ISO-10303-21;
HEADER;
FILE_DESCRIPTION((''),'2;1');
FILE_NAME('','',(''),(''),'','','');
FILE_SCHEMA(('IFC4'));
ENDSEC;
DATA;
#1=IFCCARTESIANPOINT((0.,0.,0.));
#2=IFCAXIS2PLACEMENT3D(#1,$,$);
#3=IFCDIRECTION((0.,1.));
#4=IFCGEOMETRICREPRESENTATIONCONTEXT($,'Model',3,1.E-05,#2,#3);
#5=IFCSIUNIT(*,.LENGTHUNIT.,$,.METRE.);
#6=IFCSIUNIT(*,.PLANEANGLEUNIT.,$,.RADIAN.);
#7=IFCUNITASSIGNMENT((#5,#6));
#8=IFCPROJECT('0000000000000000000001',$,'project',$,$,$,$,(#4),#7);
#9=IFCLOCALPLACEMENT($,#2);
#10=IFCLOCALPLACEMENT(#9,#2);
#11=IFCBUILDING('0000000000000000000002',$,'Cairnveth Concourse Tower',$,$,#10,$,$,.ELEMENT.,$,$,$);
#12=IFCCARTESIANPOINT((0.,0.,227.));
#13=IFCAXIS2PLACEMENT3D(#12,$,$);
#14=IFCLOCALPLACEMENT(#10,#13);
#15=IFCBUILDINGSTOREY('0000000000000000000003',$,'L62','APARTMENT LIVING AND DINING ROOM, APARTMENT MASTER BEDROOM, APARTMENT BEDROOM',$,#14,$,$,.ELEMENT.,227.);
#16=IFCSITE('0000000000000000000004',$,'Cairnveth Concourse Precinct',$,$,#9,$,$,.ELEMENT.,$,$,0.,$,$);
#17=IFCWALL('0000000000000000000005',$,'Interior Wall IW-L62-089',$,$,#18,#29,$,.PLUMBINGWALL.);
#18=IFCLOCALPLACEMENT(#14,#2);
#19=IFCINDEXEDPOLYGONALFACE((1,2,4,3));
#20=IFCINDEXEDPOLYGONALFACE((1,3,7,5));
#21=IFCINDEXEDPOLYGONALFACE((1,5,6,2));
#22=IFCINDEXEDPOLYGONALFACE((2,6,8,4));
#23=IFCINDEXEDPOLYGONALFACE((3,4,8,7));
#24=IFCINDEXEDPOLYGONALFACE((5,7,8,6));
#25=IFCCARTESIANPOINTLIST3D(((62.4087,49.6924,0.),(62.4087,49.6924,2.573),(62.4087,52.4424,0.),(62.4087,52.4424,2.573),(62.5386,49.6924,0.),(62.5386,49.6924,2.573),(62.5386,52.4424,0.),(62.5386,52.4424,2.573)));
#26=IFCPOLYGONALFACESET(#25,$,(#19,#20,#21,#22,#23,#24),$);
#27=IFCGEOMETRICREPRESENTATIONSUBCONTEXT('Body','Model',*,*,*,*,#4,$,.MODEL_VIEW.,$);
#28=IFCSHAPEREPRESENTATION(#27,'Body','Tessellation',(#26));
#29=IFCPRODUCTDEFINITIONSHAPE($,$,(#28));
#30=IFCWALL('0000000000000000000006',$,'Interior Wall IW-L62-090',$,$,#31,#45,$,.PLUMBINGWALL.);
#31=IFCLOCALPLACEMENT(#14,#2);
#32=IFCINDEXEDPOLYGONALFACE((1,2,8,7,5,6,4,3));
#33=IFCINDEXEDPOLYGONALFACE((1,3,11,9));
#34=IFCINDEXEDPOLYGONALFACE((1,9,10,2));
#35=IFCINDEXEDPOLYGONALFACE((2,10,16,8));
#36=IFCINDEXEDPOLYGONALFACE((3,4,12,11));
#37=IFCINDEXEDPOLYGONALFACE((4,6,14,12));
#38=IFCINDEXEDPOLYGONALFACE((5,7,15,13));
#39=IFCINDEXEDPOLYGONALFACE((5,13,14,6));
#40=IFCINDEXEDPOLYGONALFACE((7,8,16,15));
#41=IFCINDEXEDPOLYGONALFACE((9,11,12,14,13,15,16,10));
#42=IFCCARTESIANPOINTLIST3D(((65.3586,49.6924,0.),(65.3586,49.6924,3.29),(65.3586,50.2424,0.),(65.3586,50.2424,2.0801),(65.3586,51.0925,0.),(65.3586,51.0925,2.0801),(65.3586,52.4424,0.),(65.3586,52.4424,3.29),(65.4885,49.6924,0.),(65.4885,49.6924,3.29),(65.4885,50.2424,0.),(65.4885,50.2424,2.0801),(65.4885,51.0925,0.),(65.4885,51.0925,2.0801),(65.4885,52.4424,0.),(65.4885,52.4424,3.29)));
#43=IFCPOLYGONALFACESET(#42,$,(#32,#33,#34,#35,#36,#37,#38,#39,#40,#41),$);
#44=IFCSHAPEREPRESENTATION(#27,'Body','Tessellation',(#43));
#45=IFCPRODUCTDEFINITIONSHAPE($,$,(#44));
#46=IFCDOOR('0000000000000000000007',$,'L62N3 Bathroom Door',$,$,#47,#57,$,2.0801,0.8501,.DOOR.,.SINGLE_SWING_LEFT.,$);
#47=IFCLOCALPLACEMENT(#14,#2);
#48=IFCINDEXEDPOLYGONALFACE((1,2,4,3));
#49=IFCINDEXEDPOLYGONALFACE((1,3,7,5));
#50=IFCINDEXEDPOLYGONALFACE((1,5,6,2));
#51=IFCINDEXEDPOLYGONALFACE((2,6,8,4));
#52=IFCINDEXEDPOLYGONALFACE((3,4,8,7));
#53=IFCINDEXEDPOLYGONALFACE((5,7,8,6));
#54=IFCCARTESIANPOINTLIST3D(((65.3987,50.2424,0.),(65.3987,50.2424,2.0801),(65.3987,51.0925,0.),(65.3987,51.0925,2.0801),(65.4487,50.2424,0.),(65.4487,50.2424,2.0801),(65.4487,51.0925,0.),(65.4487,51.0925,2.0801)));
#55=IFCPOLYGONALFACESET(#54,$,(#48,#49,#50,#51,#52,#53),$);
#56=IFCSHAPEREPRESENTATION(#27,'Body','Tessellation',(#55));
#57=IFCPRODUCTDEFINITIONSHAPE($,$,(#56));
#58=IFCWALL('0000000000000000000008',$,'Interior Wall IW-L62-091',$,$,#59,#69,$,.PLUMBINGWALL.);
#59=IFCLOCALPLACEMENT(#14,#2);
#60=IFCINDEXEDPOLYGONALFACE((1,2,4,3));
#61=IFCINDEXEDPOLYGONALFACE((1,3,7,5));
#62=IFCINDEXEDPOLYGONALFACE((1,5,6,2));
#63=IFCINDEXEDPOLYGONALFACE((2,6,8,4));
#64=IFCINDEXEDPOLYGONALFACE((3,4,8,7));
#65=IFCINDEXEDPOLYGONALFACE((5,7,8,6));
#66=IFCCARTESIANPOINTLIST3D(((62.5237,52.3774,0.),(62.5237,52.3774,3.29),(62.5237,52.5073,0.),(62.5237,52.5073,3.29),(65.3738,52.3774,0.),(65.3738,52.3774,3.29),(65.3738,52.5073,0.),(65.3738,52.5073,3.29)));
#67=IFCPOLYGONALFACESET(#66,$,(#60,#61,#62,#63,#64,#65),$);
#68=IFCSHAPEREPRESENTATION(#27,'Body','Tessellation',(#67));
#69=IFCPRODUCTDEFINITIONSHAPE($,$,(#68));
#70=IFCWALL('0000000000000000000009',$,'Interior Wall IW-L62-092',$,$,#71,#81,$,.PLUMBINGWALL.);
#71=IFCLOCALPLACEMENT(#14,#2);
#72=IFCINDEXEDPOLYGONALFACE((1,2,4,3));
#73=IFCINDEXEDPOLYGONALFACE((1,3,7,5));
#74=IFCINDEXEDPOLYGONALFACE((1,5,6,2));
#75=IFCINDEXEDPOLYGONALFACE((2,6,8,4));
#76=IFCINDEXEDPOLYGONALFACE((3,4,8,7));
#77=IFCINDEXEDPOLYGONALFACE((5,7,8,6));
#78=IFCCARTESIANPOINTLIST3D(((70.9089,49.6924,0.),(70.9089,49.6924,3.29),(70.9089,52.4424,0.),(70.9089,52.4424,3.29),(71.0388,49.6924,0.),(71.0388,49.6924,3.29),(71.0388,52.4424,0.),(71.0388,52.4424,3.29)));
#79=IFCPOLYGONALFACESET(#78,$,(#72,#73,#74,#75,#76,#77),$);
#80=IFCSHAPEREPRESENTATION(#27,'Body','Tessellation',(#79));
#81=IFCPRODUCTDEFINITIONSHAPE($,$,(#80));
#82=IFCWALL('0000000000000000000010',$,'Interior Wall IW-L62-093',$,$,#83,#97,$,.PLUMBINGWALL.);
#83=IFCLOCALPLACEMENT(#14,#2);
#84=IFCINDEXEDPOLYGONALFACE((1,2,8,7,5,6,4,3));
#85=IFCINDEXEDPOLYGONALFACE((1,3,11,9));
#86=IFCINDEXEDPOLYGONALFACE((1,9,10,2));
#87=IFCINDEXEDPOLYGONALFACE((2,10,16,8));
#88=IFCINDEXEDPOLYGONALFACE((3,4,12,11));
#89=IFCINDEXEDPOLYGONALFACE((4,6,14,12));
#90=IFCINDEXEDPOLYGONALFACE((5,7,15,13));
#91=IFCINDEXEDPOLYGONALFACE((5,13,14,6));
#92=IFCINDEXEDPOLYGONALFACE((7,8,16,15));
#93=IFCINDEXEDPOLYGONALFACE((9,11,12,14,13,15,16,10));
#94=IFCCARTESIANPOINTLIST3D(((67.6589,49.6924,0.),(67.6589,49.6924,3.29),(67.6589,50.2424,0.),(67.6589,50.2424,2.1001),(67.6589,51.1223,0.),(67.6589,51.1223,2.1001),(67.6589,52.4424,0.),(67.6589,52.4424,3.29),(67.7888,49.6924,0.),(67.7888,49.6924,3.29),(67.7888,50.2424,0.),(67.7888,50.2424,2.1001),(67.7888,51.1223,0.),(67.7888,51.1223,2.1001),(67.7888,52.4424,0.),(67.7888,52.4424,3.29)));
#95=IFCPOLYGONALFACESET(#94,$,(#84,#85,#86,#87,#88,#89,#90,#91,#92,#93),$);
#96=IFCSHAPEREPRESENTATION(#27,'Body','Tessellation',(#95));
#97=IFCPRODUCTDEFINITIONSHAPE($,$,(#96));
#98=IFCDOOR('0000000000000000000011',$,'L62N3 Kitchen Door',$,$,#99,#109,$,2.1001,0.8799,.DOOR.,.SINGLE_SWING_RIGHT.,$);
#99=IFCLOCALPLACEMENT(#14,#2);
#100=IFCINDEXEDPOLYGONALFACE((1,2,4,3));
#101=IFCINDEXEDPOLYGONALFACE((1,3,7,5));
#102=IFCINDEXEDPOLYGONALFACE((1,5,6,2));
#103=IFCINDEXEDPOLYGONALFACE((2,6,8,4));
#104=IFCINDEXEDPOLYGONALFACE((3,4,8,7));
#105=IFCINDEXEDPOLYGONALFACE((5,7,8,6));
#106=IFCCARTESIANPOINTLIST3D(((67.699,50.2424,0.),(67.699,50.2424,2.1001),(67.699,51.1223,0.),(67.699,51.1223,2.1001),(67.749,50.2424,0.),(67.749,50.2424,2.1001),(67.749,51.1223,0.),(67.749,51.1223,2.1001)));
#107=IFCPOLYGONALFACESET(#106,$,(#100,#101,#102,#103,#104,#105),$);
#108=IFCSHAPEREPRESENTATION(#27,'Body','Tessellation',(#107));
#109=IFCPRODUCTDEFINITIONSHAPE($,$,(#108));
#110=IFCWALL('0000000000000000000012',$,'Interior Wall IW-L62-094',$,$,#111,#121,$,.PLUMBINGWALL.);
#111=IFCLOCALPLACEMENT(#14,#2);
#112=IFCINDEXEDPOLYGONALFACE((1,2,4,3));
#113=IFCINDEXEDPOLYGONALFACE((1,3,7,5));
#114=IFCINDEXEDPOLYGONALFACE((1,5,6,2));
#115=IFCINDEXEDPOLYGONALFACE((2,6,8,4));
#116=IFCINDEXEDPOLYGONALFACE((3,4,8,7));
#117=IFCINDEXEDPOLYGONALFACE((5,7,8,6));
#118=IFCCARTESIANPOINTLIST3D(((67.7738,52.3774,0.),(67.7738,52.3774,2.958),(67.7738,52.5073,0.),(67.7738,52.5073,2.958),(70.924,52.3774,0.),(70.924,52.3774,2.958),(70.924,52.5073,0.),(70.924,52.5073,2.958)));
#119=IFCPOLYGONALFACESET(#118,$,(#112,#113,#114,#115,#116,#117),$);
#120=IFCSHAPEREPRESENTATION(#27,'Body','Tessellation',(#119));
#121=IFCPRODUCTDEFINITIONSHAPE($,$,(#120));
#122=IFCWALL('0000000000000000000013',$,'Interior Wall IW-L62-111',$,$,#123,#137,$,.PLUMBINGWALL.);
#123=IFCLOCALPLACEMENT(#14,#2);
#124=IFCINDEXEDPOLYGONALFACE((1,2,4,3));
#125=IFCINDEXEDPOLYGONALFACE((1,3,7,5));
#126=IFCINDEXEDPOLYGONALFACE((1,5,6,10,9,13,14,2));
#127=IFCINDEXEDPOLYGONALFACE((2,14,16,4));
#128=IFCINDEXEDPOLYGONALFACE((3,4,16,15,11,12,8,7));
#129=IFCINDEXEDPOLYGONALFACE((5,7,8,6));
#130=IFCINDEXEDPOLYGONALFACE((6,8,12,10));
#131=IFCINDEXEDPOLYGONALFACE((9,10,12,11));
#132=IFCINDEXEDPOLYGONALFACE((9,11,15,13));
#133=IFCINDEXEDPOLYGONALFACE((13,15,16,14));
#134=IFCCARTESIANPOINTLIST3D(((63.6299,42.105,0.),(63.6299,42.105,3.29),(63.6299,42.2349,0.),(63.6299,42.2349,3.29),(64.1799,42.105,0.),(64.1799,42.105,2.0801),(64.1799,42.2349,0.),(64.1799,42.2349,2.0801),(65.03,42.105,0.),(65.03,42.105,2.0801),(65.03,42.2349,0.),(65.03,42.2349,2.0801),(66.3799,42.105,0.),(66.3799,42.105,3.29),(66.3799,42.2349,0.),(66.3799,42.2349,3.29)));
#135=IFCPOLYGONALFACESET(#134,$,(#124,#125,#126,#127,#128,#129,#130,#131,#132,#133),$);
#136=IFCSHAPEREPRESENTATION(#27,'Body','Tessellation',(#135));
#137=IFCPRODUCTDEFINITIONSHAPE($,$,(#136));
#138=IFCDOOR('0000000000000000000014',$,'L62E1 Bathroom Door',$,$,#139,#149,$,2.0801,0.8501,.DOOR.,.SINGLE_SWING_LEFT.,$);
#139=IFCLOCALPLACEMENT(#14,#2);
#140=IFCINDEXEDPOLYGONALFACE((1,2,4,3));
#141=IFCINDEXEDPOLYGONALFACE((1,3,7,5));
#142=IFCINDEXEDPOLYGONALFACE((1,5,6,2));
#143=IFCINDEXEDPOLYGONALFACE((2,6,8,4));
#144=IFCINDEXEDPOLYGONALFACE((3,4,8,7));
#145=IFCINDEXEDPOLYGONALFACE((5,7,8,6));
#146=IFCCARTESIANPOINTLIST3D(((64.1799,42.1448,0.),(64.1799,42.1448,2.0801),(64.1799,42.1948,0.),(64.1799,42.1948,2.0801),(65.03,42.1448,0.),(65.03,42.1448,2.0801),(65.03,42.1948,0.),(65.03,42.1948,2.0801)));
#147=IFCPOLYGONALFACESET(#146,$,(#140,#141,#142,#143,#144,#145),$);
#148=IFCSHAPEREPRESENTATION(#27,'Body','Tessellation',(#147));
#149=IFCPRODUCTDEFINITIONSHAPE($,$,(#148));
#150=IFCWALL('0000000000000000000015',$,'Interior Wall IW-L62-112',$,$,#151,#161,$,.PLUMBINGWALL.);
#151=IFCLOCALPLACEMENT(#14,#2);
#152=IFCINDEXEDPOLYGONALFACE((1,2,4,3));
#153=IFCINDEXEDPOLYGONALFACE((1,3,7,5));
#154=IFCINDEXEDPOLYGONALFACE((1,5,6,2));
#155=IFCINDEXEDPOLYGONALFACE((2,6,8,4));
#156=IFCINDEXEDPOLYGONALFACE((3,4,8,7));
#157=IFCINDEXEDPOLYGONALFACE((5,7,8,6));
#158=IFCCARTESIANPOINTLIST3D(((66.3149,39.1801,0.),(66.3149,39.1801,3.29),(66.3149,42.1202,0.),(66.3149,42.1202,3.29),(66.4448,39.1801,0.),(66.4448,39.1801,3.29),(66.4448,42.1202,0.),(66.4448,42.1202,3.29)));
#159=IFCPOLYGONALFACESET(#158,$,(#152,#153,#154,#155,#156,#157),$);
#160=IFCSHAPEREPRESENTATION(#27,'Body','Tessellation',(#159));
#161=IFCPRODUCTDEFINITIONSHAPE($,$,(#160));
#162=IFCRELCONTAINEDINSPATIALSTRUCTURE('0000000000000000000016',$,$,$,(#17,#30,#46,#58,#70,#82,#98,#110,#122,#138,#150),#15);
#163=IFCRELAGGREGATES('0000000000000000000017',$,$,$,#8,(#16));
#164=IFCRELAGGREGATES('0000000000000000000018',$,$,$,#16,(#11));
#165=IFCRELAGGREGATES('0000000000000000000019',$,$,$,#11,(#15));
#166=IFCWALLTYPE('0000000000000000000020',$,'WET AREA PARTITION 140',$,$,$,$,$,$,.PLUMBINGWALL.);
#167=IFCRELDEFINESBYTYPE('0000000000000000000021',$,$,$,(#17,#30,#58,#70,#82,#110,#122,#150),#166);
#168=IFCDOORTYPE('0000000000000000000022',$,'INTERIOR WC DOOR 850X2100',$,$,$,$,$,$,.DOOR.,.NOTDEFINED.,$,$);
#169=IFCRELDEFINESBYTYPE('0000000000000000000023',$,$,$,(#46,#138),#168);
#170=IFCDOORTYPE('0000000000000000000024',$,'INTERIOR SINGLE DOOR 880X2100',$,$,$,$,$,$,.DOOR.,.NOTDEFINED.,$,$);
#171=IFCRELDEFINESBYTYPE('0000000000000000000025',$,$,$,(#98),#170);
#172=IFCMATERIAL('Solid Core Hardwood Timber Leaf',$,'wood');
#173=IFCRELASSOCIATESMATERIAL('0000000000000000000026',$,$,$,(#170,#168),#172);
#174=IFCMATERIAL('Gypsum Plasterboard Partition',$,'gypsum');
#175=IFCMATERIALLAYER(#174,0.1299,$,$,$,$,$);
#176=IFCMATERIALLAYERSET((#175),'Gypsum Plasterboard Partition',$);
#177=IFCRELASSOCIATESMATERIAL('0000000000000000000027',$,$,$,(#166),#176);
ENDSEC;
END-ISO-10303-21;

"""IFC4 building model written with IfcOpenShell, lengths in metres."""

from ifc_helpers import new_model, si_unit, direction, frame, frame_2d, origin, place, context, subcontext, project, spatial, rectangle, extrude, material, layer, layer_set, type_object, element, fill, save


model = new_model("IFC4")

# Units and contexts
model_context = context("Model", 3, precision=1e-05, world=origin(), true_north=direction((0.0, 1.0)))
body_context = subcontext(model_context, "Body", "Model", "MODEL_VIEW")
ifc_project = project(units=[si_unit("LENGTHUNIT", "METRE"), si_unit("PLANEANGLEUNIT", "RADIAN")], contexts=[model_context])

# Site, building, storey
site_placement = place(None, origin())
site = spatial("IfcSite", under=ifc_project, at=site_placement, Name="Cairnveth Concourse Precinct", CompositionType="ELEMENT", RefElevation=0.0)
building_placement = place(site_placement, origin())
building = spatial("IfcBuilding", under=site, at=building_placement, Name="Cairnveth Concourse Tower", CompositionType="ELEMENT")
storey_placement = place(building_placement, frame((0.0, 0.0, 227.0)))
storey = spatial("IfcBuildingStorey", under=building, at=storey_placement, Name="L62", Description="APARTMENT LIVING AND DINING ROOM, APARTMENT MASTER BEDROOM, APARTMENT BEDROOM", CompositionType="ELEMENT", Elevation=227.0)

# Shared definitions
ifc_material_1 = material(Name="Gypsum Plasterboard Partition", Category="gypsum")

# Shared definitions
ifc_material_2 = material(Name="Solid Core Hardwood Timber Leaf", Category="wood")
door_type_1 = type_object("IfcDoorType", Name="INTERIOR SINGLE DOOR 880X2100", OperationType="NOTDEFINED", PredefinedType="DOOR", material=ifc_material_2)

# Wall
ifc_layer_1 = layer(ifc_material_1, 0.1299)
ifc_layer_set_1 = layer_set([ifc_layer_1], Name="Gypsum Plasterboard Partition")
wall_type_1 = type_object("IfcWallType", Name="WET AREA PARTITION 140", PredefinedType="PLUMBINGWALL", material=ifc_layer_set_1)
wall_1_placement = place(storey_placement, frame((62.4736, 49.6924, 0.0), z_axis=(0.0, 0.0, 1.0), x_axis=(0.0, 1.0, 0.0)))
element("IfcWall", 1, at=wall_1_placement, inside=storey, type_object=wall_type_1, Name="Interior Wall IW-L62-089", PredefinedType="PLUMBINGWALL", context=body_context, shape_type="SweptSolid", body=[
    extrude(rectangle(XDim=2.75, YDim=0.1299, at=frame_2d((1.375, 0.0))), origin(), (0.0, 0.0, 1.0), 2.573),
])

# Wall, opening, door
wall_2_placement = place(storey_placement, frame((65.4236, 49.6924, 0.0), z_axis=(0.0, 0.0, 1.0), x_axis=(0.0, 1.0, 0.0)))
wall_2 = element("IfcWall", 2, at=wall_2_placement, inside=storey, type_object=wall_type_1, Name="Interior Wall IW-L62-090", PredefinedType="PLUMBINGWALL", context=body_context, shape_type="SweptSolid", body=[
    extrude(rectangle(XDim=2.75, YDim=0.1299, at=frame_2d((1.375, 0.0))), origin(), (0.0, 0.0, 1.0), 3.29),
])
opening_1_placement = place(wall_2_placement, frame((0.55, 0.0, 0.0)))
opening_1 = element("IfcOpeningElement", 3, at=opening_1_placement, cuts=wall_2, PredefinedType="OPENING", context=body_context, shape_type="SweptSolid", body=[
    extrude(rectangle(XDim=0.8501, YDim=2.0801, at=frame_2d((0.425, 1.04))), frame((0.0, 0.075, 0.0), z_axis=(0.0, -1.0, 0.0), x_axis=(1.0, 0.0, 0.0)), (0.0, 0.0, 1.0), 0.1499),
])
door_type_2 = type_object("IfcDoorType", Name="INTERIOR WC DOOR 850X2100", OperationType="NOTDEFINED", PredefinedType="DOOR", material=ifc_material_2)
door_1_placement = place(opening_1_placement, origin())
door_1 = element("IfcDoor", 4, at=door_1_placement, inside=storey, type_object=door_type_2, Name="L62N3 Bathroom Door", OperationType="SINGLE_SWING_LEFT", OverallHeight=2.0801, OverallWidth=0.8501, PredefinedType="DOOR", context=body_context, shape_type="SweptSolid", body=[
    extrude(rectangle(XDim=0.8501, YDim=2.0801, at=frame_2d((0.425, 1.04))), frame((0.0, 0.0249, 0.0), z_axis=(0.0, -1.0, 0.0), x_axis=(1.0, 0.0, 0.0)), (0.0, 0.0, 1.0), 0.05),
])
fill(opening_1, door_1)

# Walls
wall_3_placement = place(storey_placement, frame((62.5237, 52.4424, 0.0), z_axis=(0.0, 0.0, 1.0), x_axis=(1.0, 0.0, 0.0)))
element("IfcWall", 5, at=wall_3_placement, inside=storey, type_object=wall_type_1, Name="Interior Wall IW-L62-091", PredefinedType="PLUMBINGWALL", context=body_context, shape_type="SweptSolid", body=[
    extrude(rectangle(XDim=2.8501, YDim=0.1299, at=frame_2d((1.425, 0.0))), origin(), (0.0, 0.0, 1.0), 3.29),
])
wall_4_placement = place(storey_placement, frame((70.9739, 49.6924, 0.0), z_axis=(0.0, 0.0, 1.0), x_axis=(0.0, 1.0, 0.0)))
element("IfcWall", 6, at=wall_4_placement, inside=storey, type_object=wall_type_1, Name="Interior Wall IW-L62-092", PredefinedType="PLUMBINGWALL", context=body_context, shape_type="SweptSolid", body=[
    extrude(rectangle(XDim=2.75, YDim=0.1299, at=frame_2d((1.375, 0.0))), origin(), (0.0, 0.0, 1.0), 3.29),
])

# Wall, opening, door
wall_5_placement = place(storey_placement, frame((67.7239, 49.6924, 0.0), z_axis=(0.0, 0.0, 1.0), x_axis=(0.0, 1.0, 0.0)))
wall_5 = element("IfcWall", 7, at=wall_5_placement, inside=storey, type_object=wall_type_1, Name="Interior Wall IW-L62-093", PredefinedType="PLUMBINGWALL", context=body_context, shape_type="SweptSolid", body=[
    extrude(rectangle(XDim=2.75, YDim=0.1299, at=frame_2d((1.375, 0.0))), origin(), (0.0, 0.0, 1.0), 3.29),
])
opening_2_placement = place(wall_5_placement, frame((0.55, 0.0, 0.0)))
opening_2 = element("IfcOpeningElement", 8, at=opening_2_placement, cuts=wall_5, PredefinedType="OPENING", context=body_context, shape_type="SweptSolid", body=[
    extrude(rectangle(XDim=0.8799, YDim=2.1001, at=frame_2d((0.4399, 1.05))), frame((0.0, 0.075, 0.0), z_axis=(0.0, -1.0, 0.0), x_axis=(1.0, 0.0, 0.0)), (0.0, 0.0, 1.0), 0.1499),
])
door_2_placement = place(opening_2_placement, origin())
door_2 = element("IfcDoor", 9, at=door_2_placement, inside=storey, type_object=door_type_1, Name="L62N3 Kitchen Door", OperationType="SINGLE_SWING_RIGHT", OverallHeight=2.1001, OverallWidth=0.8799, PredefinedType="DOOR", context=body_context, shape_type="SweptSolid", body=[
    extrude(rectangle(XDim=0.8799, YDim=2.1001, at=frame_2d((0.4399, 1.05))), frame((0.0, 0.0249, 0.0), z_axis=(0.0, -1.0, 0.0), x_axis=(1.0, 0.0, 0.0)), (0.0, 0.0, 1.0), 0.05),
])
fill(opening_2, door_2)

# Wall
wall_6_placement = place(storey_placement, frame((67.7737, 52.4424, 0.0), z_axis=(0.0, 0.0, 1.0), x_axis=(1.0, 0.0, 0.0)))
element("IfcWall", 10, at=wall_6_placement, inside=storey, type_object=wall_type_1, Name="Interior Wall IW-L62-094", PredefinedType="PLUMBINGWALL", context=body_context, shape_type="SweptSolid", body=[
    extrude(rectangle(XDim=3.1501, YDim=0.1299, at=frame_2d((1.5752, 0.0))), origin(), (0.0, 0.0, 1.0), 2.958),
])

# Wall, opening, door
wall_7_placement = place(storey_placement, frame((63.6299, 42.1699, 0.0), z_axis=(0.0, 0.0, 1.0), x_axis=(1.0, 0.0, 0.0)))
wall_7 = element("IfcWall", 11, at=wall_7_placement, inside=storey, type_object=wall_type_1, Name="Interior Wall IW-L62-111", PredefinedType="PLUMBINGWALL", context=body_context, shape_type="SweptSolid", body=[
    extrude(rectangle(XDim=2.75, YDim=0.1299, at=frame_2d((1.375, 0.0))), origin(), (0.0, 0.0, 1.0), 3.29),
])
opening_3_placement = place(wall_7_placement, frame((0.55, 0.0, 0.0)))
opening_3 = element("IfcOpeningElement", 12, at=opening_3_placement, cuts=wall_7, PredefinedType="OPENING", context=body_context, shape_type="SweptSolid", body=[
    extrude(rectangle(XDim=0.8501, YDim=2.0801, at=frame_2d((0.425, 1.04))), frame((0.0, 0.075, 0.0), z_axis=(0.0, -1.0, 0.0), x_axis=(1.0, 0.0, 0.0)), (0.0, 0.0, 1.0), 0.1499),
])
door_3_placement = place(opening_3_placement, origin())
door_3 = element("IfcDoor", 13, at=door_3_placement, inside=storey, type_object=door_type_2, Name="L62E1 Bathroom Door", OperationType="SINGLE_SWING_LEFT", OverallHeight=2.0801, OverallWidth=0.8501, PredefinedType="DOOR", context=body_context, shape_type="SweptSolid", body=[
    extrude(rectangle(XDim=0.8501, YDim=2.0801, at=frame_2d((0.425, 1.04))), frame((0.0, 0.0249, 0.0), z_axis=(0.0, -1.0, 0.0), x_axis=(1.0, 0.0, 0.0)), (0.0, 0.0, 1.0), 0.05),
])
fill(opening_3, door_3)

# Wall
wall_8_placement = place(storey_placement, frame((66.3799, 39.1799, 0.0), z_axis=(0.0, 0.0, 1.0), x_axis=(0.0, 1.0, 0.0)))
element("IfcWall", 14, at=wall_8_placement, inside=storey, type_object=wall_type_1, Name="Interior Wall IW-L62-112", PredefinedType="PLUMBINGWALL", context=body_context, shape_type="SweptSolid", body=[
    extrude(rectangle(XDim=2.9402, YDim=0.1299, at=frame_2d((1.4702, 0.0))), origin(), (0.0, 0.0, 1.0), 3.29),
])

save(model, "model.ifc")
